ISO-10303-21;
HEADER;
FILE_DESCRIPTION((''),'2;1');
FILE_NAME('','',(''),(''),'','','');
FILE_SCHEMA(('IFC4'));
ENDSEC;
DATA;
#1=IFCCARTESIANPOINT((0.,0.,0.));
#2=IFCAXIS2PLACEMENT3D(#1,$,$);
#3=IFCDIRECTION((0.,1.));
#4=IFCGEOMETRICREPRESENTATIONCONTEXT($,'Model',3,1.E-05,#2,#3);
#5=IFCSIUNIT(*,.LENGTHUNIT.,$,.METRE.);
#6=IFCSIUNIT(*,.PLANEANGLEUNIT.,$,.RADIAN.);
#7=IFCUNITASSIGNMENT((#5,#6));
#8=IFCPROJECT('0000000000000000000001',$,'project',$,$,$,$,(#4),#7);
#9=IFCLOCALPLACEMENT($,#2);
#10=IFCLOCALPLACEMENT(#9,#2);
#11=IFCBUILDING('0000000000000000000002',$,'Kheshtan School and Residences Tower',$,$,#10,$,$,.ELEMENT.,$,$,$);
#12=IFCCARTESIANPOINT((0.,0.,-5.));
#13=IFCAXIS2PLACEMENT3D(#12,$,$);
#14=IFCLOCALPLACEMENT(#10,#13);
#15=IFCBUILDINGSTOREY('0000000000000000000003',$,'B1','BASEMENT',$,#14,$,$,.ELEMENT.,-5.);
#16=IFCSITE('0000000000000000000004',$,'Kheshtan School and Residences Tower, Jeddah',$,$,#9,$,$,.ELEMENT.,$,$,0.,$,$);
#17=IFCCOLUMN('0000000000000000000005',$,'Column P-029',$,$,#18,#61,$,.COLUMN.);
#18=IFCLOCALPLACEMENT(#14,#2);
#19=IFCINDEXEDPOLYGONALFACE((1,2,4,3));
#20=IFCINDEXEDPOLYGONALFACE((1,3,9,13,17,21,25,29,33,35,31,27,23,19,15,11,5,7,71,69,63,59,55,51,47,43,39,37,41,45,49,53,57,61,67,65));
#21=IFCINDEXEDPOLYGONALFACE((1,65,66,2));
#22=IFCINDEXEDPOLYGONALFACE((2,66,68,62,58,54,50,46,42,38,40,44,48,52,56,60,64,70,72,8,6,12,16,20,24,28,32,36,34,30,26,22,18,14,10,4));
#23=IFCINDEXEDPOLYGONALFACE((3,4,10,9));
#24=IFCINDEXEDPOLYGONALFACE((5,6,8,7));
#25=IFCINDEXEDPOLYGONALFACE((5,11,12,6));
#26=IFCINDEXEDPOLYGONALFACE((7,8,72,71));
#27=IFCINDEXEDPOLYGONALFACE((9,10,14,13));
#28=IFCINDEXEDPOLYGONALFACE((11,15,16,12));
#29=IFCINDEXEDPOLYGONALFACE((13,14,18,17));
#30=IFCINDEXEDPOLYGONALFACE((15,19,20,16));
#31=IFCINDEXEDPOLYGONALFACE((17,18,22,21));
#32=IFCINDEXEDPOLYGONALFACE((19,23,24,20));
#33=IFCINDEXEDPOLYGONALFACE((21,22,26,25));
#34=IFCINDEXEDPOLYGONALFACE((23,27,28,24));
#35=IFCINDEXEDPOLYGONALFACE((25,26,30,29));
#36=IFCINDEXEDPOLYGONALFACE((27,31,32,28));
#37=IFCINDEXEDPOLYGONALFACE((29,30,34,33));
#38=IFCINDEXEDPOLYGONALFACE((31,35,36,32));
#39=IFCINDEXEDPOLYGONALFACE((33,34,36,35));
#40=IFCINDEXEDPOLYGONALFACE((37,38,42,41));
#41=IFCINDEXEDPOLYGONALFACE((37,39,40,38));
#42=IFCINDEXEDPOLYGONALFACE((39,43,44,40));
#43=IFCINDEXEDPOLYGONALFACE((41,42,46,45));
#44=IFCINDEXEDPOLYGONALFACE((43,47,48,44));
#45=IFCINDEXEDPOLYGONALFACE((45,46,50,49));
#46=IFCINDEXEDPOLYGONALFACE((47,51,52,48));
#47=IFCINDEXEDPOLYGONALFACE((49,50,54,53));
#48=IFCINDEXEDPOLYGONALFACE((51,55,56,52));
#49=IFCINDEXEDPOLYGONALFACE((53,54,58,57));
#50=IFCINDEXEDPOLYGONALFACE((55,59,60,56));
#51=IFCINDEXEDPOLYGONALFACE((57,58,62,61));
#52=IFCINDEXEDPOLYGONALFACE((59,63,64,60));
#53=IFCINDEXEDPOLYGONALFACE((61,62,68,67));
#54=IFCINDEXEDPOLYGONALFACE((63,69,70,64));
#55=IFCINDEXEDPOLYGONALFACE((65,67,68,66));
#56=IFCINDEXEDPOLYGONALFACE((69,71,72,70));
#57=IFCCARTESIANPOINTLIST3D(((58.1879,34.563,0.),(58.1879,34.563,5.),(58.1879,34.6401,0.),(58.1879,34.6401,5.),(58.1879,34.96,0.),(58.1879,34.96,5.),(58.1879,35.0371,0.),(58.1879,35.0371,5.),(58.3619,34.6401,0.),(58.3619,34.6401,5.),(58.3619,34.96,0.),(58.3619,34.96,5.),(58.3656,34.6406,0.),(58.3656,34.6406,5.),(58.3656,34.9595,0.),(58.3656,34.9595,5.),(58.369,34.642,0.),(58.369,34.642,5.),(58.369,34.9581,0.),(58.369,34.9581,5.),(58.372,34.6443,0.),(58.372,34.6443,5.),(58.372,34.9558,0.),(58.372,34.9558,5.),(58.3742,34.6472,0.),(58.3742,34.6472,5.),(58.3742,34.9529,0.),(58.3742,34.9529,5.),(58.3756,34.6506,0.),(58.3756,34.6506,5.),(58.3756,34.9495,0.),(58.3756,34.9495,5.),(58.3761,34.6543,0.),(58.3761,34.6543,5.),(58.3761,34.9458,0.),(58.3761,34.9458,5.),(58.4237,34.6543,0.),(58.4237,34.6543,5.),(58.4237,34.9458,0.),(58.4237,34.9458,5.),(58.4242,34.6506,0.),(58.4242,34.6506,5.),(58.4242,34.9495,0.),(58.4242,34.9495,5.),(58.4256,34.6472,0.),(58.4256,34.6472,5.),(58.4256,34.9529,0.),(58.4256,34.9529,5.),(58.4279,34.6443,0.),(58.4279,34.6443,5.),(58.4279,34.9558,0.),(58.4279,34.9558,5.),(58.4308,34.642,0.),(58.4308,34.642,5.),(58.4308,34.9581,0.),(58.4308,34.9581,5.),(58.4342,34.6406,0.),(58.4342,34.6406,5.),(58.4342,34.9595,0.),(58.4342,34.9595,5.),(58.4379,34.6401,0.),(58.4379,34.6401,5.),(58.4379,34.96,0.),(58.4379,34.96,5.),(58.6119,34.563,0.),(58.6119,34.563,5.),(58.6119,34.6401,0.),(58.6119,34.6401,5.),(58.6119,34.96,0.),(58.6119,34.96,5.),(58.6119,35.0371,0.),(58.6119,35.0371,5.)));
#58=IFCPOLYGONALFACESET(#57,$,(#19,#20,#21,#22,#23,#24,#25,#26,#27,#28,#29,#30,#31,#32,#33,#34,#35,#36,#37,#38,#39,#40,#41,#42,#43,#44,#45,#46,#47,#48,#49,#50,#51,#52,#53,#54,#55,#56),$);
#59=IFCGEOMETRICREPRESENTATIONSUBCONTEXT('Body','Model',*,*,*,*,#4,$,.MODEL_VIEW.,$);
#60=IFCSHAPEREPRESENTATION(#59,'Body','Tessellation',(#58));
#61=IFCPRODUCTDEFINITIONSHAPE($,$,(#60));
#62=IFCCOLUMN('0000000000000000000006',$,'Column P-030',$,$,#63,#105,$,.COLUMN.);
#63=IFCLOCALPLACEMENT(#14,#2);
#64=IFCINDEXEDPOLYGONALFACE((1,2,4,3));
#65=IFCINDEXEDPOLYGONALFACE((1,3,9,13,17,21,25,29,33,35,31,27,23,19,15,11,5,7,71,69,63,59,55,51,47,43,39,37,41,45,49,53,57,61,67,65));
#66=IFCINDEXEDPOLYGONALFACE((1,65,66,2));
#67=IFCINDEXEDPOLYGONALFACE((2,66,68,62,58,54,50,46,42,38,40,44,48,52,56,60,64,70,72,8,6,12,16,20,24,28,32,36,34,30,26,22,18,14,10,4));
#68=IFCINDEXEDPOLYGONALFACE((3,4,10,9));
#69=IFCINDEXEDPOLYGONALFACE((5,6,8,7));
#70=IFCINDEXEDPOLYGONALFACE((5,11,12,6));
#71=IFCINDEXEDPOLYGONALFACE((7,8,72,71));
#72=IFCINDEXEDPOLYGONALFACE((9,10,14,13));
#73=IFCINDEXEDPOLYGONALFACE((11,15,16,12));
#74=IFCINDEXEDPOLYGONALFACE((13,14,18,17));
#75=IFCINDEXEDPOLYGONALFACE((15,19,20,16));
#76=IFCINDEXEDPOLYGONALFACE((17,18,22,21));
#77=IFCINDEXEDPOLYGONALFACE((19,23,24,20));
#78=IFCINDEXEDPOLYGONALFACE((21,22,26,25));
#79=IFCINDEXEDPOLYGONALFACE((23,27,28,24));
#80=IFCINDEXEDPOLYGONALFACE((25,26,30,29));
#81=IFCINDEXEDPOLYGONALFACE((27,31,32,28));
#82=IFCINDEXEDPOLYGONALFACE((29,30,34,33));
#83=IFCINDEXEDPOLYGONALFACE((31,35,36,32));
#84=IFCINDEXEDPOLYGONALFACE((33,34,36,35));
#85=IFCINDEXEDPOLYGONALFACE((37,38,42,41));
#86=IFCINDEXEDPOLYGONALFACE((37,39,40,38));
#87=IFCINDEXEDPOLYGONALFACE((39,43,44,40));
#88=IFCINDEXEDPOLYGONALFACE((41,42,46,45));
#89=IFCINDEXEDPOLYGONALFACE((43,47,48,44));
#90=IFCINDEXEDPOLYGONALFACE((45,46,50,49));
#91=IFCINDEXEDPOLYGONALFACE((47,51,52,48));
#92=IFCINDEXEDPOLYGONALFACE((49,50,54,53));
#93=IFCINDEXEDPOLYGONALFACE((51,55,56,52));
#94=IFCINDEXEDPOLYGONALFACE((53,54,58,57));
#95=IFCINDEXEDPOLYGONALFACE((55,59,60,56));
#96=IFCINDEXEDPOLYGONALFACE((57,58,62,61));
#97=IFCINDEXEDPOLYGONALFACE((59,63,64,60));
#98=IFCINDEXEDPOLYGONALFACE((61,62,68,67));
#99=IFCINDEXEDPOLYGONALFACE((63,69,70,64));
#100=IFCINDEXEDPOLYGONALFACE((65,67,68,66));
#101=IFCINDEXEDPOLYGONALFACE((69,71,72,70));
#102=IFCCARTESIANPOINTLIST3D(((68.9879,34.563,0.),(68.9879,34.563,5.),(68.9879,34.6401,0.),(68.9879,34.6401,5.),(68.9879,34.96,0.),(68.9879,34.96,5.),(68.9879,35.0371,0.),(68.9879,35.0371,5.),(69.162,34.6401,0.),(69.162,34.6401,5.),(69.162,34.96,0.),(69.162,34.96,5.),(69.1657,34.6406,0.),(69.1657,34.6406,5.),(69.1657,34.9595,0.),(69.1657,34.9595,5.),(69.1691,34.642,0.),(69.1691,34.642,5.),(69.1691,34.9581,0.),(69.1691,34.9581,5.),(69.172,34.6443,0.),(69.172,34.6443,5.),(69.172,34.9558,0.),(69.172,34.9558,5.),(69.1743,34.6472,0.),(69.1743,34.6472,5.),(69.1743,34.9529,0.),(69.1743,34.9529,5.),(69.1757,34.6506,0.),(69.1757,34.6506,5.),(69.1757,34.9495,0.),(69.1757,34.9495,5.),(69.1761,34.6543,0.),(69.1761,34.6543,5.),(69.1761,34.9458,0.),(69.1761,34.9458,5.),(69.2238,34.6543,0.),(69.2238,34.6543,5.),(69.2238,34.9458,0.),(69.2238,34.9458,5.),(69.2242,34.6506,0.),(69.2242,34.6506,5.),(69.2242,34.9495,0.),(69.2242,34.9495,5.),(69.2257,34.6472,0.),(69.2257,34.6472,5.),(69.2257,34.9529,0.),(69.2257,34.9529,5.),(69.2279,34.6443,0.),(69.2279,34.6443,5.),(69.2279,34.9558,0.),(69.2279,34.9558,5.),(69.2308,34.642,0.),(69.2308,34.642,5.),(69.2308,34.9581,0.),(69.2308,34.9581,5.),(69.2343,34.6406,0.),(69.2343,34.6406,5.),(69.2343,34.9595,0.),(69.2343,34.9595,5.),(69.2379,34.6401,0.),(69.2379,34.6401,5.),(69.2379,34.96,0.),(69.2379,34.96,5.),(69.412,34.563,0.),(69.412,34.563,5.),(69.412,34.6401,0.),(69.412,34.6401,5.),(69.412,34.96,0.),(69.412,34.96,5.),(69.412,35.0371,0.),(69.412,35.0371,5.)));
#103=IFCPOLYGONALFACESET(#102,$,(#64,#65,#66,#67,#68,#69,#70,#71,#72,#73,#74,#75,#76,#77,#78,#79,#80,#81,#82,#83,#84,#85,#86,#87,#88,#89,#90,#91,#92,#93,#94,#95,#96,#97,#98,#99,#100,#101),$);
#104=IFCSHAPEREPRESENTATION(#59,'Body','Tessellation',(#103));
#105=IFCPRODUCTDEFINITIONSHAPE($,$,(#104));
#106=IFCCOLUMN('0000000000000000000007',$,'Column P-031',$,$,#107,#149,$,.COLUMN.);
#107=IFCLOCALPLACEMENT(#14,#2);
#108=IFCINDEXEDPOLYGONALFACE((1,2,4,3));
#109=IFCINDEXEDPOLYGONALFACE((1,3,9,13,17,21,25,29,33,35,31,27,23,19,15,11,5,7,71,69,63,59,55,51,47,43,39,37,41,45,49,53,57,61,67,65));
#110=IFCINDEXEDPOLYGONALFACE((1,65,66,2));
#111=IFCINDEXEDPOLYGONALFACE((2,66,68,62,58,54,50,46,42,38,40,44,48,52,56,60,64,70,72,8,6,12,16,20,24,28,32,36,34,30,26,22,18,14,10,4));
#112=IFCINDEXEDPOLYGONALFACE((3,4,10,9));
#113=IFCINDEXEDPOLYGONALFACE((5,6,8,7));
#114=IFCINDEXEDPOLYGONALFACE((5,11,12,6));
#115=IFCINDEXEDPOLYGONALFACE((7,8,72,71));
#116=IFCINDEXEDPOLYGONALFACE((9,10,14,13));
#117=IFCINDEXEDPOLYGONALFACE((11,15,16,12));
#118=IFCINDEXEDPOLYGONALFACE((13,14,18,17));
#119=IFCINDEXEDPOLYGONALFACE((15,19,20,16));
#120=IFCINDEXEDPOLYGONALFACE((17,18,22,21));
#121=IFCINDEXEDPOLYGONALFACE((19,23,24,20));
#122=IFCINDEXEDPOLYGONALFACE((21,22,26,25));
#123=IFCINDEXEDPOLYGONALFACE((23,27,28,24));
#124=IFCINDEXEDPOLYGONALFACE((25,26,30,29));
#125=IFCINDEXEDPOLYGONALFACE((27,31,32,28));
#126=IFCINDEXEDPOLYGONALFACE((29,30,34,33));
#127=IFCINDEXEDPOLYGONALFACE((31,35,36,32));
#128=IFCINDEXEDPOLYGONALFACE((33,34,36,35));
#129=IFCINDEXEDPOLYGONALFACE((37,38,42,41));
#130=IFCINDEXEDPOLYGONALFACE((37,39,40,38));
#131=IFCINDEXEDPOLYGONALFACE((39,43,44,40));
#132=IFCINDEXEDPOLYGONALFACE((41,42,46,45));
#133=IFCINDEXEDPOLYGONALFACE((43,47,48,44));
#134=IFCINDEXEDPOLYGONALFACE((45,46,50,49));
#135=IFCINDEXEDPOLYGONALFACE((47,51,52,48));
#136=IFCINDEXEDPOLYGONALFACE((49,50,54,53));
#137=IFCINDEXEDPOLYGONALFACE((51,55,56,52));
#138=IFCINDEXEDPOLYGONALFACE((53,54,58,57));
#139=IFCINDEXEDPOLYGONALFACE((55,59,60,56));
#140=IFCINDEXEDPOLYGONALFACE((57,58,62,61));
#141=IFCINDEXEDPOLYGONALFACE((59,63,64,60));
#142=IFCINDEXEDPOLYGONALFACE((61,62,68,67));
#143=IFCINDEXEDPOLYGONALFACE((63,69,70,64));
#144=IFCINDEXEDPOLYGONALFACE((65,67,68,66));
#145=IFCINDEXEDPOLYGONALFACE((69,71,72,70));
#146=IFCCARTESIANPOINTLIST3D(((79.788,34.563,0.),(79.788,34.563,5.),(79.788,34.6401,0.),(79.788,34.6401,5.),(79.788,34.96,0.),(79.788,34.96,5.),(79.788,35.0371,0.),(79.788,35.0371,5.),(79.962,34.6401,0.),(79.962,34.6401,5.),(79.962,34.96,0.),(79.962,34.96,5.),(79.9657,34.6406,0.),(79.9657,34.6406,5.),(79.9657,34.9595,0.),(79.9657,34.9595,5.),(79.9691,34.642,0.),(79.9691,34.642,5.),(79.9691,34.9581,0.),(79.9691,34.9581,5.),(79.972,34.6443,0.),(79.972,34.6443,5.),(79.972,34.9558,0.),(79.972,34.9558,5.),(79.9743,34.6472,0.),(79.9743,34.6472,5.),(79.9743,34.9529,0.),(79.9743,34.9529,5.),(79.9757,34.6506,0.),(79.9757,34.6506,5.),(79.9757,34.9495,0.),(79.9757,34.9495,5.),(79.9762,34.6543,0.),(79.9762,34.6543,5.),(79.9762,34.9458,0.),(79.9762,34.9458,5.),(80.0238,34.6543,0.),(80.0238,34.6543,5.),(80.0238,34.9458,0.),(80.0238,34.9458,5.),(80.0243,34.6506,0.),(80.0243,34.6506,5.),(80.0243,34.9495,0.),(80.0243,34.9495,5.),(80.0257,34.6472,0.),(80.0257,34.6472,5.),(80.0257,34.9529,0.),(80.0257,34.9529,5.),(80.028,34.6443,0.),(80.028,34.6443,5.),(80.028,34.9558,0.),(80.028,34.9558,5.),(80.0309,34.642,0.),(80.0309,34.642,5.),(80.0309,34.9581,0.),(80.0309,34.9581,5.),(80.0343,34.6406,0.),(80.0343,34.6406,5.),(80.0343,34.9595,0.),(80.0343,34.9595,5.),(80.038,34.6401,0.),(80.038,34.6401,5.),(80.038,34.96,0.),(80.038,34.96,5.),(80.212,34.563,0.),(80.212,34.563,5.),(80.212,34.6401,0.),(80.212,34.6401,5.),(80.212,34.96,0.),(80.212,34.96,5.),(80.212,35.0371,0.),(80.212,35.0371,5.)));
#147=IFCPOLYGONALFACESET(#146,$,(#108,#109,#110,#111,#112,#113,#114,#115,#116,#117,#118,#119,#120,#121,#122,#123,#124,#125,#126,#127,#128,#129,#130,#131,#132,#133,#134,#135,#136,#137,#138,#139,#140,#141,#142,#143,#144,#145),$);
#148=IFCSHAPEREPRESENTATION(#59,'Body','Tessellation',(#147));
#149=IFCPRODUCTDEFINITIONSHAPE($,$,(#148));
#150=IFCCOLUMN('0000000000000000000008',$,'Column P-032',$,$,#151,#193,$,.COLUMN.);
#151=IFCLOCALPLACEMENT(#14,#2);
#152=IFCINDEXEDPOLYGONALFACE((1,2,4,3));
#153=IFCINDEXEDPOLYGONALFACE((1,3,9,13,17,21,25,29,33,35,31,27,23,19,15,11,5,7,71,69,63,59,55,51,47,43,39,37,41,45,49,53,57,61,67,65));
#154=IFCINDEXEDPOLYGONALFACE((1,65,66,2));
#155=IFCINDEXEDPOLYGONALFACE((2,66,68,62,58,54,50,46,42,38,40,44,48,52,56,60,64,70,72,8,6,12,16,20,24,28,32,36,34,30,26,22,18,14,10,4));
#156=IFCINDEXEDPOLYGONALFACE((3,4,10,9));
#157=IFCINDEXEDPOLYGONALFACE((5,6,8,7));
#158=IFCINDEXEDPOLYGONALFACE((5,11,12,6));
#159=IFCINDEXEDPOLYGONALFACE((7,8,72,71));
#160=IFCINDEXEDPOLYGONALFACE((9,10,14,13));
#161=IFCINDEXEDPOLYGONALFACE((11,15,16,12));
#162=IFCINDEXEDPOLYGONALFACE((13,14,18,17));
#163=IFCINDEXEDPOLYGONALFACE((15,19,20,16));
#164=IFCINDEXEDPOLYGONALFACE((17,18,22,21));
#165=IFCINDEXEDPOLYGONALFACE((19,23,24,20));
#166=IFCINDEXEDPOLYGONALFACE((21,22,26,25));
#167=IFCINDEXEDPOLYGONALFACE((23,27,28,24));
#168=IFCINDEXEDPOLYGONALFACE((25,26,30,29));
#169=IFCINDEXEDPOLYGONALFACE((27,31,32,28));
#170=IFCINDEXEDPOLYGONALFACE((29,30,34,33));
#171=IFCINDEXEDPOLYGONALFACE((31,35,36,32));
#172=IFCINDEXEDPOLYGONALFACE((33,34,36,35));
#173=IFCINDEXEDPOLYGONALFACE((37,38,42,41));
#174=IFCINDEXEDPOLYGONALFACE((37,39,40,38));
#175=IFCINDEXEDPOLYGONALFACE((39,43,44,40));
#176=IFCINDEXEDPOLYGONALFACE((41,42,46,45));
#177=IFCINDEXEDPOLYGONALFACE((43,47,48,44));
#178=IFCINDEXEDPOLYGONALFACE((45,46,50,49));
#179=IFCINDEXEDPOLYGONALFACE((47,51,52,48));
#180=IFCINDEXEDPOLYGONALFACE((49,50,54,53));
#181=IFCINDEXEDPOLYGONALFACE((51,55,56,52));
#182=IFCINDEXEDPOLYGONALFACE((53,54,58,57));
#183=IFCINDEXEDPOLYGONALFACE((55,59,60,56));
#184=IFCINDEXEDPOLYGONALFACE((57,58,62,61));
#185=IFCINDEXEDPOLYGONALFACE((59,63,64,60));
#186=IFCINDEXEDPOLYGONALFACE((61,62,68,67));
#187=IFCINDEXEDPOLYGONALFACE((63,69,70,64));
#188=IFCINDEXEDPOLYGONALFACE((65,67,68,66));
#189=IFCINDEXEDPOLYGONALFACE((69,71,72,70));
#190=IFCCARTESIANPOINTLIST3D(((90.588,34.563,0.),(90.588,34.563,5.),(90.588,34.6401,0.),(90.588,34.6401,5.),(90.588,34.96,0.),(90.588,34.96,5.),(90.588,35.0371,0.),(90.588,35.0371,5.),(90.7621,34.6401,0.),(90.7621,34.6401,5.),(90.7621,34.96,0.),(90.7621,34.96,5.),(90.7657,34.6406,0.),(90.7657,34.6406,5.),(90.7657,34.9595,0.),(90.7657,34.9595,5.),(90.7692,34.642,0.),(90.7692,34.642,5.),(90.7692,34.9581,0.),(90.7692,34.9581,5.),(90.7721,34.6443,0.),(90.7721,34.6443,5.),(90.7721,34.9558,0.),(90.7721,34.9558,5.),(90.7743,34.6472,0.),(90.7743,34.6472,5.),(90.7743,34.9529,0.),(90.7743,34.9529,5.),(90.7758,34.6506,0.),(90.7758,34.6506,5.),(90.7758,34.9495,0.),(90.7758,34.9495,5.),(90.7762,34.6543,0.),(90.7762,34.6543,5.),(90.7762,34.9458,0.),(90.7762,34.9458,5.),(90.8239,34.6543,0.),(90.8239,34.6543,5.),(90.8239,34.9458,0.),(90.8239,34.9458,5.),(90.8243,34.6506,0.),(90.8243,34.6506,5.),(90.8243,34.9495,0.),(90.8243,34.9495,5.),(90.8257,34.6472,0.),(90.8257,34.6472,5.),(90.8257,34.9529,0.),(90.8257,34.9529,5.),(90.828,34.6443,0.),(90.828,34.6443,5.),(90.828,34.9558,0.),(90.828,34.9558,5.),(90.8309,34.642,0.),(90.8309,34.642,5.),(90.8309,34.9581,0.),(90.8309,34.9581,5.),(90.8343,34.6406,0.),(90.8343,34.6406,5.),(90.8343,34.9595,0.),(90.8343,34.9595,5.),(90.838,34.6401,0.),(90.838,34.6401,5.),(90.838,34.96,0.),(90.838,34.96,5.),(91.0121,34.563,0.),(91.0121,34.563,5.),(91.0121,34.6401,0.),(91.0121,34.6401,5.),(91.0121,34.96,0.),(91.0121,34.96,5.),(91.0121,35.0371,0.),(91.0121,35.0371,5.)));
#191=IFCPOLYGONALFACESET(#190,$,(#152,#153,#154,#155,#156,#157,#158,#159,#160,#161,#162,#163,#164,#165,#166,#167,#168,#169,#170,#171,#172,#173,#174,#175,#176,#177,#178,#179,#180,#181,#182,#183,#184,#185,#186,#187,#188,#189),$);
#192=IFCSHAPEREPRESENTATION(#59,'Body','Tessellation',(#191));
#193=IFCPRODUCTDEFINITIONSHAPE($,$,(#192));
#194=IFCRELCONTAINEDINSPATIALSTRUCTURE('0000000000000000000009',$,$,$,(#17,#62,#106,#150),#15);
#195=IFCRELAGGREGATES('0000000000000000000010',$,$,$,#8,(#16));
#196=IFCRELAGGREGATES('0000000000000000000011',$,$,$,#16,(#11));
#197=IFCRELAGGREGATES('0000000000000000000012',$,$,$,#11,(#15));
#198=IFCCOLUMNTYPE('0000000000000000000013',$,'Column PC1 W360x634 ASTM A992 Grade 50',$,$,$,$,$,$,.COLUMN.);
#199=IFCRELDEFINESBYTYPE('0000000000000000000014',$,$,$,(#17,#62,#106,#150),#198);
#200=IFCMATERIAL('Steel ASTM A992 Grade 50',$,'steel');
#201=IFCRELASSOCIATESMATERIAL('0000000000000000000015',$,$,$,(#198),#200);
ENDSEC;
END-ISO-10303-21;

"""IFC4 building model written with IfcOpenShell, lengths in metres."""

from ifc_helpers import new_model, si_unit, direction, frame, origin, origin_2d, place, context, subcontext, project, spatial, i_section, extrude, material, material_profile, profile_set, type_object, element, save


model = new_model("IFC4")

# Units and contexts
model_context = context("Model", 3, precision=1e-05, world=origin(), true_north=direction((0.0, 1.0)))
body_context = subcontext(model_context, "Body", "Model", "MODEL_VIEW")
ifc_project = project(units=[si_unit("LENGTHUNIT", "METRE"), si_unit("PLANEANGLEUNIT", "RADIAN")], contexts=[model_context])

# Site, building, storey
site_placement = place(None, origin())
site = spatial("IfcSite", under=ifc_project, at=site_placement, Name="Kheshtan School and Residences Tower, Jeddah", CompositionType="ELEMENT", RefElevation=0.0)
building_placement = place(site_placement, origin())
building = spatial("IfcBuilding", under=site, at=building_placement, Name="Kheshtan School and Residences Tower", CompositionType="ELEMENT")
storey_placement = place(building_placement, frame((0.0, 0.0, -5.0)))
storey = spatial("IfcBuildingStorey", under=building, at=storey_placement, Name="B1", Description="BASEMENT", CompositionType="ELEMENT", Elevation=-5.0)

# Columns
ifc_material_1 = material(Name="Steel ASTM A992 Grade 50", Category="steel")
ifc_material_profile_1 = material_profile(ifc_material_1, i_section(OverallWidth=0.4241, OverallDepth=0.4741, WebThickness=0.0476, FlangeThickness=0.0771, FilletRadius=0.0142, at=origin_2d()), Name="W360x634")
ifc_profile_set_1 = profile_set([ifc_material_profile_1], Name="Steel ASTM A992 Grade 50")
column_type = type_object("IfcColumnType", Name="Column PC1 W360x634 ASTM A992 Grade 50", PredefinedType="COLUMN", material=ifc_profile_set_1)
for number, where, z_axis, x_axis, name in (
    (1, (58.3999, 34.8, 0.0), (0.0, 0.0, 1.0), (1.0, 0.0, 0.0), "Column P-029"),
    (2, (69.2, 34.8, 0.0), (0.0, 0.0, 1.0), (1.0, 0.0, 0.0), "Column P-030"),
    (3, (80.0, 34.8, 0.0), (0.0, 0.0, 1.0), (1.0, 0.0, 0.0), "Column P-031"),
    (4, (90.8, 34.8, 0.0), (0.0, 0.0, 1.0), (1.0, 0.0, 0.0), "Column P-032"),
):
    element("IfcColumn", number, at=place(storey_placement, frame(where, z_axis=z_axis, x_axis=x_axis)), inside=storey, type_object=column_type, Name=name, PredefinedType="COLUMN", context=body_context, shape_type="SweptSolid", body=[
        extrude(i_section(OverallWidth=0.4241, OverallDepth=0.4741, WebThickness=0.0476, FlangeThickness=0.0771, FilletRadius=0.0142, at=origin_2d()), origin(), (0.0, 0.0, 1.0), 5.0),
    ])

save(model, "model.ifc")
